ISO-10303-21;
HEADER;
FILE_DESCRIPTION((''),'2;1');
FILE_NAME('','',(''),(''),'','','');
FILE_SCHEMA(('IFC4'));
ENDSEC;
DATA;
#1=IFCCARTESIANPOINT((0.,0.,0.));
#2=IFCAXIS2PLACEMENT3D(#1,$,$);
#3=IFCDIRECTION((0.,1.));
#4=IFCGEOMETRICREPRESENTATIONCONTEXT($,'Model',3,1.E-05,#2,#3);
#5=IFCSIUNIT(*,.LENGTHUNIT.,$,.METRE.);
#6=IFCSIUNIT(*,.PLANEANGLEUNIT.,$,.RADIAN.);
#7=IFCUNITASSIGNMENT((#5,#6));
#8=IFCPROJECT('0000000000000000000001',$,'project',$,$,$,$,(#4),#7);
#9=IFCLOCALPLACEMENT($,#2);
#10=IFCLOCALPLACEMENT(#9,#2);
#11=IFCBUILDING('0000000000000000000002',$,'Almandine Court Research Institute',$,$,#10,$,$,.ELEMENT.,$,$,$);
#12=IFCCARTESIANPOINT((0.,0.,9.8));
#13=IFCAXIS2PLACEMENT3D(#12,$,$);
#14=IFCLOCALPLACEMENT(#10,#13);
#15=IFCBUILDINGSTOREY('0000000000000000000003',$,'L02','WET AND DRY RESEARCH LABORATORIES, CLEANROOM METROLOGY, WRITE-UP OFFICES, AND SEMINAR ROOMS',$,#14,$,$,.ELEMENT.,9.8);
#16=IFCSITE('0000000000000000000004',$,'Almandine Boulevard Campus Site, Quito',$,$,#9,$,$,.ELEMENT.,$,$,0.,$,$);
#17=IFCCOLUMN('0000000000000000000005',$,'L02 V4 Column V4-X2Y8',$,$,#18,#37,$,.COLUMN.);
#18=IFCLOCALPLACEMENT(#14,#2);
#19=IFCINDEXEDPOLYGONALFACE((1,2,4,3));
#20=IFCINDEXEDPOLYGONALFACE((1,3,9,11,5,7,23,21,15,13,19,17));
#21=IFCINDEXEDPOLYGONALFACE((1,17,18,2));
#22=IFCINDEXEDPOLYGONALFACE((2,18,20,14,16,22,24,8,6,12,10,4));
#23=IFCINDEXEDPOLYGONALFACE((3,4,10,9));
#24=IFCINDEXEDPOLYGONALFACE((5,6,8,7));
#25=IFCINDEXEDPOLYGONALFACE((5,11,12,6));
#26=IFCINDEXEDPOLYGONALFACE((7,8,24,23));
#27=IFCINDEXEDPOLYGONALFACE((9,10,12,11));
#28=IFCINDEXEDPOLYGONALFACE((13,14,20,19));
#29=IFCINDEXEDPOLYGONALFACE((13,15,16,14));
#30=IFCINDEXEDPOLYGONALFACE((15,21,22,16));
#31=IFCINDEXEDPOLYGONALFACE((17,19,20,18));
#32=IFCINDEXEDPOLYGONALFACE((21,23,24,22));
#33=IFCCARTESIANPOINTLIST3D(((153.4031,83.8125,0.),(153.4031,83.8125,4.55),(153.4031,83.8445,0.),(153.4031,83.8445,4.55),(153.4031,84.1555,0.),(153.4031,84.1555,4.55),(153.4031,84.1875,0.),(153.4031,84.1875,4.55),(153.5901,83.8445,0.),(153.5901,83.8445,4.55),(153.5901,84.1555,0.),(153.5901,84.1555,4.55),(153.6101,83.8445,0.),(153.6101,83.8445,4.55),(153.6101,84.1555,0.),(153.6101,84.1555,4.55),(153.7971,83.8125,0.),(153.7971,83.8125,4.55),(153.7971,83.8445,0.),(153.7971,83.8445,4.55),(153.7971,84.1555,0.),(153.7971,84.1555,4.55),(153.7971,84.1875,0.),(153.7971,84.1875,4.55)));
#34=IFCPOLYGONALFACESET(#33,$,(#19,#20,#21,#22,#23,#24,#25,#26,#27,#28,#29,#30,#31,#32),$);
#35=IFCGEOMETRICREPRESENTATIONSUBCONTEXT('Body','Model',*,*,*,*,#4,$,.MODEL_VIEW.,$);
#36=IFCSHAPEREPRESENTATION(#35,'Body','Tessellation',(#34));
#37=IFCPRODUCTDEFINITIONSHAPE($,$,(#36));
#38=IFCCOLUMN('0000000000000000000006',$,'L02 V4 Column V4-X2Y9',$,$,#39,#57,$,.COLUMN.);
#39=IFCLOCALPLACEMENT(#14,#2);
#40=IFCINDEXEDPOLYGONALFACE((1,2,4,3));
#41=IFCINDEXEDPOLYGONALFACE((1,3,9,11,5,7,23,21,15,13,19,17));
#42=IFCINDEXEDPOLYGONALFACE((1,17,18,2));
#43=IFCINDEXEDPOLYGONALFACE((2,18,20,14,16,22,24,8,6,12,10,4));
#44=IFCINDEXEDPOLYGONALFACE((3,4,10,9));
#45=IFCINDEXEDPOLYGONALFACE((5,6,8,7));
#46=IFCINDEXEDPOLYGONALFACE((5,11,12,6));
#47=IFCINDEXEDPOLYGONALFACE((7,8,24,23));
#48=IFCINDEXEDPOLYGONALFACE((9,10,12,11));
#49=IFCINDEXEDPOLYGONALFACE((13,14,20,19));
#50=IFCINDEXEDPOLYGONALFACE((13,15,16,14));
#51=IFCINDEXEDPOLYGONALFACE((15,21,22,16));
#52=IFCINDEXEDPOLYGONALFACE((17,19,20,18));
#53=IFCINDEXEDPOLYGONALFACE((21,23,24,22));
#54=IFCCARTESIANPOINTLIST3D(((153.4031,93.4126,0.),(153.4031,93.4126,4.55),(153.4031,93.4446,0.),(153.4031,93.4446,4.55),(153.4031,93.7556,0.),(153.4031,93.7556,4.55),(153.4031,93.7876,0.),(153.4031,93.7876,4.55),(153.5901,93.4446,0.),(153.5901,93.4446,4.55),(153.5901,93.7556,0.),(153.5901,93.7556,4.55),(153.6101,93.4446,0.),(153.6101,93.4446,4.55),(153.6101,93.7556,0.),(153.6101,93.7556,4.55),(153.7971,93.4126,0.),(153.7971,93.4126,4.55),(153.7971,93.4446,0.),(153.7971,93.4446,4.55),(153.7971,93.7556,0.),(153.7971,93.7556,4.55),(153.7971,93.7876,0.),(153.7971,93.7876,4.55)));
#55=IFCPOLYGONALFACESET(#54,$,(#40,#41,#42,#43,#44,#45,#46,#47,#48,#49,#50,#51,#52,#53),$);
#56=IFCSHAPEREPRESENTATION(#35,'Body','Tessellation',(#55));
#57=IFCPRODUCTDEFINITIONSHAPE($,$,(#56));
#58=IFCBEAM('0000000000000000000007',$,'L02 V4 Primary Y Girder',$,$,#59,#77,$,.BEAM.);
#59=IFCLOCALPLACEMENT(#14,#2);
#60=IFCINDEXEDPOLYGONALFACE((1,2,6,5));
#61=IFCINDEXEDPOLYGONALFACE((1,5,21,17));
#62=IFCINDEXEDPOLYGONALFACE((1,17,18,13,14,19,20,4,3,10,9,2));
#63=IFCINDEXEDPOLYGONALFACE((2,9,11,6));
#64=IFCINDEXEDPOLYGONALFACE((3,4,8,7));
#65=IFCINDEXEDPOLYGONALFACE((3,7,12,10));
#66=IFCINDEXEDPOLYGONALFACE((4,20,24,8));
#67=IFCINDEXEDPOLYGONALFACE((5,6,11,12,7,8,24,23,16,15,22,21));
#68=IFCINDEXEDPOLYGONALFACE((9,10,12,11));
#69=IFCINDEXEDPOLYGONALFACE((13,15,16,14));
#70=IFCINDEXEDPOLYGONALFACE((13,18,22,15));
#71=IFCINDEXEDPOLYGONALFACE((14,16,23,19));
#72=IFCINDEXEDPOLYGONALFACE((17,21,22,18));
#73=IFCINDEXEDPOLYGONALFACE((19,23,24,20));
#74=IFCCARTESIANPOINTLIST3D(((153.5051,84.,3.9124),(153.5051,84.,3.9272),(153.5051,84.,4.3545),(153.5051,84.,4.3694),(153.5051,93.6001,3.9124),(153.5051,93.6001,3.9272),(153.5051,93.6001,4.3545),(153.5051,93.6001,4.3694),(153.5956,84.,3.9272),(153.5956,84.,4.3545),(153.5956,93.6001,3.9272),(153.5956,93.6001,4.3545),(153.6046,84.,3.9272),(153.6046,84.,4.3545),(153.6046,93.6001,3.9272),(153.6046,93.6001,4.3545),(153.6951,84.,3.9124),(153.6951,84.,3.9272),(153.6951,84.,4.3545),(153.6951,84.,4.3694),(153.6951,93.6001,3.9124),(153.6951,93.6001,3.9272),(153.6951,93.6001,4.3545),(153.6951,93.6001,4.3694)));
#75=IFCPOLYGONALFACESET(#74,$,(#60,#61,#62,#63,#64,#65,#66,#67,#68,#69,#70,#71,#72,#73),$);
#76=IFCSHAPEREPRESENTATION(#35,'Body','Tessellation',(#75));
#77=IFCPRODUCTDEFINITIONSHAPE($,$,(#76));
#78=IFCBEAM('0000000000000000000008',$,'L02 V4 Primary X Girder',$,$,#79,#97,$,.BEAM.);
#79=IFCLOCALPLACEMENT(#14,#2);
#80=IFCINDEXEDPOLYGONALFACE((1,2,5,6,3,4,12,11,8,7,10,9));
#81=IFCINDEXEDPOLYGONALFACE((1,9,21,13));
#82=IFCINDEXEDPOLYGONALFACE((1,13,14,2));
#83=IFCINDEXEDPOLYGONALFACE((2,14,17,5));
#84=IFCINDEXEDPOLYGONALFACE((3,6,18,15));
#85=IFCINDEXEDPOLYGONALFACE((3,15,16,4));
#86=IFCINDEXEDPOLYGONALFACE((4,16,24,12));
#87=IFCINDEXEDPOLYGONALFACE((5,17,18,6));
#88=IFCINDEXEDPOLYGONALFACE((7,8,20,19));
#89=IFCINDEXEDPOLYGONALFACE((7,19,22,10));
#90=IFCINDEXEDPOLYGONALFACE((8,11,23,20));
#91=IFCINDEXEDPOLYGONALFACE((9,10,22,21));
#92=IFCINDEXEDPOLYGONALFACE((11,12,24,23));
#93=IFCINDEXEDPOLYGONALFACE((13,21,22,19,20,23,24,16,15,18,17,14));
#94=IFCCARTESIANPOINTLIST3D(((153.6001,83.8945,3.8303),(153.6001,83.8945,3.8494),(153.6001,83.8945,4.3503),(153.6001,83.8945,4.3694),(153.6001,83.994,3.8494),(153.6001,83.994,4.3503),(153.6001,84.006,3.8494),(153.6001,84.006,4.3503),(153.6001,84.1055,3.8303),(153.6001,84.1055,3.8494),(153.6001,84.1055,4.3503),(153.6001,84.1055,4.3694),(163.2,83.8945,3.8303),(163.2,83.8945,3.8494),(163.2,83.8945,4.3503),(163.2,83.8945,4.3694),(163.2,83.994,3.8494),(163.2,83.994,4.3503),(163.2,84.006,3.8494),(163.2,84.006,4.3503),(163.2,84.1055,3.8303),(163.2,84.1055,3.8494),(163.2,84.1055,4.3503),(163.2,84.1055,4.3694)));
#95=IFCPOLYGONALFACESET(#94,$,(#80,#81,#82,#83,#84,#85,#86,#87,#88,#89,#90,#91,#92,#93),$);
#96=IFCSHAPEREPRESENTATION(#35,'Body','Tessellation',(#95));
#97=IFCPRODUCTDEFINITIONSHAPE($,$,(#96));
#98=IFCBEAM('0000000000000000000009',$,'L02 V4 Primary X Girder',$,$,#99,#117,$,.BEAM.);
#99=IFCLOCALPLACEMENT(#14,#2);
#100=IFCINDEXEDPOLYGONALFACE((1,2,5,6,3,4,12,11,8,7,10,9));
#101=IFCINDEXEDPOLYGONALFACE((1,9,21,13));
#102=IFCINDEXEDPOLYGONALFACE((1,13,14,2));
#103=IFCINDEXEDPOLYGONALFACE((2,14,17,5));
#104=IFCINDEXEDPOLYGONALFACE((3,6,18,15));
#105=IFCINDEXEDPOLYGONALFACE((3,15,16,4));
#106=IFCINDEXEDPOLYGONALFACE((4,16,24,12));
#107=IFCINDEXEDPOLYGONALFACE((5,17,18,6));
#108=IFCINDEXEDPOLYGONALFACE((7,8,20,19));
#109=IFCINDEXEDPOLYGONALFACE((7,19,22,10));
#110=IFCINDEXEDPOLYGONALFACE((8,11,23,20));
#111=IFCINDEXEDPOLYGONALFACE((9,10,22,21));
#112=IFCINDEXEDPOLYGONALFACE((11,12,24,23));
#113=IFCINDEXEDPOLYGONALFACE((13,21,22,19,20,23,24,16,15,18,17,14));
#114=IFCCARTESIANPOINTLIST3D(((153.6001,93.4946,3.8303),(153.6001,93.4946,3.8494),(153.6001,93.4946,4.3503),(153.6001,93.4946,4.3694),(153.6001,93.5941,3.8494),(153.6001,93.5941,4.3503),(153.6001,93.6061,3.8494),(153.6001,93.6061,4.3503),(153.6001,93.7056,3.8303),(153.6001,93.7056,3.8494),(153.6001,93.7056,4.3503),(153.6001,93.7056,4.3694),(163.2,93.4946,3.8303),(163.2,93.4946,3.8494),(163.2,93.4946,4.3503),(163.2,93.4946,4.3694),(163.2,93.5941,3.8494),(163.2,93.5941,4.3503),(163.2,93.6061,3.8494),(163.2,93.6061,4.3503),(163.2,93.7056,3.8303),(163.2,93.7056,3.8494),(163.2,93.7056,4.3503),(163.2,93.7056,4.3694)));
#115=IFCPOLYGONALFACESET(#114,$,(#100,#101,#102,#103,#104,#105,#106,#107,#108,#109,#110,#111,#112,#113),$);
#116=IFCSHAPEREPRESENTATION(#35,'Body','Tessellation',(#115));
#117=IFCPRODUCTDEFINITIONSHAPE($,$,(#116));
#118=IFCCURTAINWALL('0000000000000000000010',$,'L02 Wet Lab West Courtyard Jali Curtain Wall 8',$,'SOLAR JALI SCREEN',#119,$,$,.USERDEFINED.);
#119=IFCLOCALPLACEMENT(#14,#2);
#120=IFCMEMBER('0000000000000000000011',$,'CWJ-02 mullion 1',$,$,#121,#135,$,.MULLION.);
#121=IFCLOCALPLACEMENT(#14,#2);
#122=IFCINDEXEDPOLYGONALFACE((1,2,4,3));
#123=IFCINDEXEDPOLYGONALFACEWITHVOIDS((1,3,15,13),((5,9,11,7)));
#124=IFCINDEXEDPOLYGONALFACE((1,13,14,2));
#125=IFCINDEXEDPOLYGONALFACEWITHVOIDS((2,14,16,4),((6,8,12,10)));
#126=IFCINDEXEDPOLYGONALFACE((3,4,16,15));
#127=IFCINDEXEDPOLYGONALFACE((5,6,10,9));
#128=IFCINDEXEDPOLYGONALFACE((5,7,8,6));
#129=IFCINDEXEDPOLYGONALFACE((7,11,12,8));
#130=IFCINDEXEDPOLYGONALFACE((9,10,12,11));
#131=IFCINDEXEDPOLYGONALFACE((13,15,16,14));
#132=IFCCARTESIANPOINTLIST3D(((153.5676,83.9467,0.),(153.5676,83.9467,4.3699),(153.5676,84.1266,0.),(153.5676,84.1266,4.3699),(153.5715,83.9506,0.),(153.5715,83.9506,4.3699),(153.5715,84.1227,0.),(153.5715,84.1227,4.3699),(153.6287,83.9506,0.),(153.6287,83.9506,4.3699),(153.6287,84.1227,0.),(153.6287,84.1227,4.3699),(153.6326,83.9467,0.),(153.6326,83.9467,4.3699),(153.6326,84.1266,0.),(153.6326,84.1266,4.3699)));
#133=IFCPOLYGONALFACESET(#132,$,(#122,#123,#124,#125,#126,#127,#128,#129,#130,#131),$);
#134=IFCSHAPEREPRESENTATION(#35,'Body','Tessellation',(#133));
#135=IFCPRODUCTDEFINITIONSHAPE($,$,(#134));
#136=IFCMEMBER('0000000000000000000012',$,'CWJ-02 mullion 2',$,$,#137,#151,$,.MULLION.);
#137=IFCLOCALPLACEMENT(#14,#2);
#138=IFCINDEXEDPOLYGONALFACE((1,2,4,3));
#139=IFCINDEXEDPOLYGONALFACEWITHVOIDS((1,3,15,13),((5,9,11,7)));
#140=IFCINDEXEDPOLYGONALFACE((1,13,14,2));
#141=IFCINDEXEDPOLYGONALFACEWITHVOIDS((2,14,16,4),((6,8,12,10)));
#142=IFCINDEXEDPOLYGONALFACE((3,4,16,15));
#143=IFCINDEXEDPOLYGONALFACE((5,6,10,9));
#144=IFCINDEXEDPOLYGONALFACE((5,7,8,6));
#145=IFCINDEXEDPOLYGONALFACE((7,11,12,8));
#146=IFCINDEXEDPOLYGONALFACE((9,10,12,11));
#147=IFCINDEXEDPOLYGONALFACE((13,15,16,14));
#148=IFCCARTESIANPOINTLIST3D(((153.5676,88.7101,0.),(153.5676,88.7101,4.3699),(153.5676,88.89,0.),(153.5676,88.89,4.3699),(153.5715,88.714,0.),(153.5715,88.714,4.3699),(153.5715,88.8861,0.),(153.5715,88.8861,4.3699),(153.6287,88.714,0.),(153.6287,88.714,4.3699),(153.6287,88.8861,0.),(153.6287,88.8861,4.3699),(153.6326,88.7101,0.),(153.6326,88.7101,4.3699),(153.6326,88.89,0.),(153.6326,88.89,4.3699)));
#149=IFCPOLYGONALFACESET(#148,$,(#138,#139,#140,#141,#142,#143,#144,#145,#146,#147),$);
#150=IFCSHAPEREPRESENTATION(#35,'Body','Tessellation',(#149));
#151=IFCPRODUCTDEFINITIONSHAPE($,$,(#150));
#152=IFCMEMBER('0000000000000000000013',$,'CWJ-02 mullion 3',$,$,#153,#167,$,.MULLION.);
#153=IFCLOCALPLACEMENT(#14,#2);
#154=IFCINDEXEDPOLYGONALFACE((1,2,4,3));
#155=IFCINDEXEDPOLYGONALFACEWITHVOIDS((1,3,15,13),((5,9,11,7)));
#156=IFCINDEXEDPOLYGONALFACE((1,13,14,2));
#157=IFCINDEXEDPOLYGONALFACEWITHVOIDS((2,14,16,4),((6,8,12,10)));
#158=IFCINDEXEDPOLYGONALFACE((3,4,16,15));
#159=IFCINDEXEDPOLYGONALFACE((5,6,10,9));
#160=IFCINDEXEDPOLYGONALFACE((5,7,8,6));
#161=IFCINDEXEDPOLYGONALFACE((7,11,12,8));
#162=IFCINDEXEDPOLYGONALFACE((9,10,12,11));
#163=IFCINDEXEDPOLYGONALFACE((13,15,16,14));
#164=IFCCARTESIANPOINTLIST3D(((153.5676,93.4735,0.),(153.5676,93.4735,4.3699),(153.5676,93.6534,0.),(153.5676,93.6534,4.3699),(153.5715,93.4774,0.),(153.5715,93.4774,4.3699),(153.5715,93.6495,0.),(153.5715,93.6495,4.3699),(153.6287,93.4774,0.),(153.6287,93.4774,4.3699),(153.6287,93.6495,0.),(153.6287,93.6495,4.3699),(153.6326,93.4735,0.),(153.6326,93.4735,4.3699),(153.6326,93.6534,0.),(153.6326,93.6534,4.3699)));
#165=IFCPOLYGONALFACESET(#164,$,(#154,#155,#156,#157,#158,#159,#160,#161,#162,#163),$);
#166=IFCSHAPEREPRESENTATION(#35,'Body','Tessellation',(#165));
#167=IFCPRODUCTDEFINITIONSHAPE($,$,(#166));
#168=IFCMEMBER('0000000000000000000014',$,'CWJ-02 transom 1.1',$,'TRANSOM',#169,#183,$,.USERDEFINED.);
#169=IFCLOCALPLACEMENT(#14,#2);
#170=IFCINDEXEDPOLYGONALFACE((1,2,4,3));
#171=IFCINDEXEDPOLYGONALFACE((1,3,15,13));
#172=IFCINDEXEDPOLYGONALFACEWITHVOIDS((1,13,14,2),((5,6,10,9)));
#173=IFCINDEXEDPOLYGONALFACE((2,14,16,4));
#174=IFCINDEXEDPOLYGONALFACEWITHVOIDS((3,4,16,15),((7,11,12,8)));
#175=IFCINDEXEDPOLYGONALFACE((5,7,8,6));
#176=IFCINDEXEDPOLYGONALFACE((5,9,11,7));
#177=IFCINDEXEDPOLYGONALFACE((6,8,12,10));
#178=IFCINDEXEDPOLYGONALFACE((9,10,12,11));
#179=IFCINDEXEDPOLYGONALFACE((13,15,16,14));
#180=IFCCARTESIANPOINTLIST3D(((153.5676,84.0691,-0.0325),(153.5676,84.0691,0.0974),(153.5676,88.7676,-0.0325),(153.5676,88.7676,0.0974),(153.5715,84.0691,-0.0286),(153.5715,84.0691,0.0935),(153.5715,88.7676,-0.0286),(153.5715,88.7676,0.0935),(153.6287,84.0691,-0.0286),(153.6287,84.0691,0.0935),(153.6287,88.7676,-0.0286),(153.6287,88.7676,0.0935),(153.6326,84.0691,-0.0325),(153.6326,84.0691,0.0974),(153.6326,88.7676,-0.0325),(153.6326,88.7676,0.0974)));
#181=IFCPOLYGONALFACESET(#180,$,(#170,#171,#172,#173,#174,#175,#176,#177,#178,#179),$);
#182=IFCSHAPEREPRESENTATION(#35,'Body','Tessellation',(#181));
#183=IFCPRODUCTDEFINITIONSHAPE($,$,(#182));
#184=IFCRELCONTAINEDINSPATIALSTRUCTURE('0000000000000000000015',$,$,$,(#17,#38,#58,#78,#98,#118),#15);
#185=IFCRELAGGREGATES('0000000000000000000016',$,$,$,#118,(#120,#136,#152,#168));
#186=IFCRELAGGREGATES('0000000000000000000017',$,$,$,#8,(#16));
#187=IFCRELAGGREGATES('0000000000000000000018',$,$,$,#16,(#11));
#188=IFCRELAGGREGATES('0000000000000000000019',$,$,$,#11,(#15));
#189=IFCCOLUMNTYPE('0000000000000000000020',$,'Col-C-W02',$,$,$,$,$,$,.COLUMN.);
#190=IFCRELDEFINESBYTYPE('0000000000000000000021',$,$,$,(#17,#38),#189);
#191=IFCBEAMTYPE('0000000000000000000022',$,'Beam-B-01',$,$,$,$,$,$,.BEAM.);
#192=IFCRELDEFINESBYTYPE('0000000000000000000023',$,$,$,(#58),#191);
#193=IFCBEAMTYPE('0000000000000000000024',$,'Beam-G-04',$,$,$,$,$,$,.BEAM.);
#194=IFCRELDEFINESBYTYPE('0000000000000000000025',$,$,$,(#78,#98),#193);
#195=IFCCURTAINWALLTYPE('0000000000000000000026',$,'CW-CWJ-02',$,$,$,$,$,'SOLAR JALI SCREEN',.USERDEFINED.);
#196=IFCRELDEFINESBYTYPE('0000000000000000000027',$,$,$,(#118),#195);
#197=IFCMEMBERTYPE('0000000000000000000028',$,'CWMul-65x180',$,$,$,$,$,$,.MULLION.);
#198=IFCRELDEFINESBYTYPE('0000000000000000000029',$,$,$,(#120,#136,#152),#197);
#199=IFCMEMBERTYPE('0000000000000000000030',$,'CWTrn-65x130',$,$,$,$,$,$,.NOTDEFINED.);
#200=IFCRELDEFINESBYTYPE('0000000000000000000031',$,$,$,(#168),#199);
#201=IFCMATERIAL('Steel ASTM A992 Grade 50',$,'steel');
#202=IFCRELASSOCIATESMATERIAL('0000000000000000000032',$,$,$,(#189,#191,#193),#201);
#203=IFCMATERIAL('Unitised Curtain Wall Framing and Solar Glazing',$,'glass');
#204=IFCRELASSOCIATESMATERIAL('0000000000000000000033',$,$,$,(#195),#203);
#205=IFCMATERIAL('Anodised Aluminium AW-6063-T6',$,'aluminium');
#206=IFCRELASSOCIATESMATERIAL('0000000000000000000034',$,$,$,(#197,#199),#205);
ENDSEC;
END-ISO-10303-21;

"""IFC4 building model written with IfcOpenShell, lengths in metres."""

from ifc_helpers import new_model, si_unit, direction, frame, origin, origin_2d, place, context, subcontext, project, spatial, hollow_rectangle, i_section, extrude, material, material_profile, profile_set, type_object, element, aggregate, save


model = new_model("IFC4")

# Units and contexts
model_context = context("Model", 3, precision=1e-05, world=origin(), true_north=direction((0.0, 1.0)))
body_context = subcontext(model_context, "Body", "Model", "MODEL_VIEW")
ifc_project = project(units=[si_unit("LENGTHUNIT", "METRE"), si_unit("PLANEANGLEUNIT", "RADIAN")], contexts=[model_context])

# Site, building, storey
site_placement = place(None, origin())
site = spatial("IfcSite", under=ifc_project, at=site_placement, Name="Almandine Boulevard Campus Site, Quito", CompositionType="ELEMENT", RefElevation=0.0)
building_placement = place(site_placement, origin())
building = spatial("IfcBuilding", under=site, at=building_placement, Name="Almandine Court Research Institute", CompositionType="ELEMENT")
storey_placement = place(building_placement, frame((0.0, 0.0, 9.8)))
storey = spatial("IfcBuildingStorey", under=building, at=storey_placement, Name="L02", Description="WET AND DRY RESEARCH LABORATORIES, CLEANROOM METROLOGY, WRITE-UP OFFICES, AND SEMINAR ROOMS", CompositionType="ELEMENT", Elevation=9.8)

# Columns
ifc_material_1 = material(Name="Steel ASTM A992 Grade 50", Category="steel")
ifc_material_profile_1 = material_profile(ifc_material_1, i_section(OverallWidth=0.394, OverallDepth=0.375, WebThickness=0.02, FlangeThickness=0.032, at=origin_2d()), Name="W360x216")
ifc_profile_set_1 = profile_set([ifc_material_profile_1], Name="Steel ASTM A992 Grade 50")
column_type = type_object("IfcColumnType", Name="Col-C-W02", PredefinedType="COLUMN", material=ifc_profile_set_1)
for number, where, z_axis, x_axis, name in (
    (1, (153.6001, 84.0, 0.0), (0.0, 0.0, 1.0), (1.0, 0.0, 0.0), "L02 V4 Column V4-X2Y8"),
    (2, (153.6001, 93.6001, 0.0), (0.0, 0.0, 1.0), (1.0, 0.0, 0.0), "L02 V4 Column V4-X2Y9"),
):
    element("IfcColumn", number, at=place(storey_placement, frame(where, z_axis=z_axis, x_axis=x_axis)), inside=storey, type_object=column_type, Name=name, PredefinedType="COLUMN", context=body_context, shape_type="SweptSolid", body=[
        extrude(i_section(OverallWidth=0.394, OverallDepth=0.375, WebThickness=0.02, FlangeThickness=0.032, at=origin_2d()), origin(), (0.0, 0.0, 1.0), 4.55),
    ])

# Beams
ifc_material_profile_2 = material_profile(ifc_material_1, i_section(OverallWidth=0.1899, OverallDepth=0.457, WebThickness=0.009, FlangeThickness=0.0149, at=origin_2d()), Name="W460x74")
ifc_profile_set_2 = profile_set([ifc_material_profile_2], Name="Steel ASTM A992 Grade 50")
beam_type_1 = type_object("IfcBeamType", Name="Beam-B-01", PredefinedType="BEAM", material=ifc_profile_set_2)
beam_placement = place(storey_placement, frame((153.6001, 84.0, 4.1409), z_axis=(0.0, 1.0, 0.0), x_axis=(-1.0, 0.0, 0.0)))
element("IfcBeam", 3, at=beam_placement, inside=storey, type_object=beam_type_1, Name="L02 V4 Primary Y Girder", PredefinedType="BEAM", context=body_context, shape_type="SweptSolid", body=[
    extrude(i_section(OverallWidth=0.1899, OverallDepth=0.457, WebThickness=0.009, FlangeThickness=0.0149, at=origin_2d()), origin(), (0.0, 0.0, 1.0), 9.6001),
])
ifc_material_profile_3 = material_profile(ifc_material_1, i_section(OverallWidth=0.2109, OverallDepth=0.5391, WebThickness=0.012, FlangeThickness=0.019, at=origin_2d()), Name="W530x109")
ifc_profile_set_3 = profile_set([ifc_material_profile_3], Name="Steel ASTM A992 Grade 50")
beam_type_2 = type_object("IfcBeamType", Name="Beam-G-04", PredefinedType="BEAM", material=ifc_profile_set_3)
for number, where, z_axis, x_axis, name in (
    (4, (153.6001, 84.0, 4.0999), (1.0, 0.0, 0.0), (0.0, 1.0, 0.0), "L02 V4 Primary X Girder"),
    (5, (153.6001, 93.6001, 4.0999), (1.0, 0.0, 0.0), (0.0, 1.0, 0.0), "L02 V4 Primary X Girder"),
):
    element("IfcBeam", number, at=place(storey_placement, frame(where, z_axis=z_axis, x_axis=x_axis)), inside=storey, type_object=beam_type_2, Name=name, PredefinedType="BEAM", context=body_context, shape_type="SweptSolid", body=[
        extrude(i_section(OverallWidth=0.2109, OverallDepth=0.5391, WebThickness=0.012, FlangeThickness=0.019, at=origin_2d()), origin(), (0.0, 0.0, 1.0), 9.5999),
    ])

# Curtain wall, members
ifc_material_2 = material(Name="Unitised Curtain Wall Framing and Solar Glazing", Category="glass")
curtain_wall_type = type_object("IfcCurtainWallType", Name="CW-CWJ-02", ElementType="SOLAR JALI SCREEN", PredefinedType="USERDEFINED", material=ifc_material_2)
curtain_wall_placement = place(storey_placement, origin())
curtain_wall = element("IfcCurtainWall", 6, at=curtain_wall_placement, inside=storey, type_object=curtain_wall_type, Name="L02 Wet Lab West Courtyard Jali Curtain Wall 8", ObjectType="SOLAR JALI SCREEN", PredefinedType="USERDEFINED")
ifc_material_3 = material(Name="Anodised Aluminium AW-6063-T6", Category="aluminium")
ifc_material_profile_4 = material_profile(ifc_material_3, hollow_rectangle(XDim=0.0649, YDim=0.1799, WallThickness=0.0039, at=origin_2d()), Name="ALU RHS 65x180x4")
ifc_profile_set_4 = profile_set([ifc_material_profile_4], Name="Anodised Aluminium AW-6063-T6")
member_type_1 = type_object("IfcMemberType", Name="CWMul-65x180", PredefinedType="MULLION", material=ifc_profile_set_4)
member_1_placement = place(storey_placement, frame((153.6001, 84.0366, 0.0), z_axis=(0.0, 0.0, 1.0), x_axis=(-1.0, 0.0, 0.0)))
member_1 = element("IfcMember", 7, at=member_1_placement, type_object=member_type_1, Name="CWJ-02 mullion 1", PredefinedType="MULLION", context=body_context, shape_type="SweptSolid", body=[
    extrude(hollow_rectangle(XDim=0.0649, YDim=0.1799, WallThickness=0.0039, at=origin_2d()), origin(), (0.0, 0.0, 1.0), 4.3699),
])
member_2_placement = place(storey_placement, frame((153.6001, 88.8, 0.0), z_axis=(0.0, 0.0, 1.0), x_axis=(-1.0, 0.0, 0.0)))
member_2 = element("IfcMember", 8, at=member_2_placement, type_object=member_type_1, Name="CWJ-02 mullion 2", PredefinedType="MULLION", context=body_context, shape_type="SweptSolid", body=[
    extrude(hollow_rectangle(XDim=0.0649, YDim=0.1799, WallThickness=0.0039, at=origin_2d()), origin(), (0.0, 0.0, 1.0), 4.3699),
])
member_3_placement = place(storey_placement, frame((153.6001, 93.5635, 0.0), z_axis=(0.0, 0.0, 1.0), x_axis=(-1.0, 0.0, 0.0)))
member_3 = element("IfcMember", 9, at=member_3_placement, type_object=member_type_1, Name="CWJ-02 mullion 3", PredefinedType="MULLION", context=body_context, shape_type="SweptSolid", body=[
    extrude(hollow_rectangle(XDim=0.0649, YDim=0.1799, WallThickness=0.0039, at=origin_2d()), origin(), (0.0, 0.0, 1.0), 4.3699),
])
ifc_material_profile_5 = material_profile(ifc_material_3, hollow_rectangle(XDim=0.0649, YDim=0.1299, WallThickness=0.0039, at=origin_2d()), Name="ALU RHS 65x130x4")
ifc_profile_set_5 = profile_set([ifc_material_profile_5], Name="Anodised Aluminium AW-6063-T6")
member_type_2 = type_object("IfcMemberType", Name="CWTrn-65x130", PredefinedType="NOTDEFINED", material=ifc_profile_set_5)
member_4_placement = place(storey_placement, frame((153.6001, 84.0691, 0.0325), z_axis=(0.0, 1.0, 0.0), x_axis=(-1.0, 0.0, 0.0)))
member_4 = element("IfcMember", 10, at=member_4_placement, type_object=member_type_2, Name="CWJ-02 transom 1.1", ObjectType="TRANSOM", PredefinedType="USERDEFINED", context=body_context, shape_type="SweptSolid", body=[
    extrude(hollow_rectangle(XDim=0.0649, YDim=0.1299, WallThickness=0.0039, at=origin_2d()), origin(), (0.0, 0.0, 1.0), 4.6985),
])
aggregate(curtain_wall, [member_1, member_2, member_3, member_4])

save(model, "model.ifc")
